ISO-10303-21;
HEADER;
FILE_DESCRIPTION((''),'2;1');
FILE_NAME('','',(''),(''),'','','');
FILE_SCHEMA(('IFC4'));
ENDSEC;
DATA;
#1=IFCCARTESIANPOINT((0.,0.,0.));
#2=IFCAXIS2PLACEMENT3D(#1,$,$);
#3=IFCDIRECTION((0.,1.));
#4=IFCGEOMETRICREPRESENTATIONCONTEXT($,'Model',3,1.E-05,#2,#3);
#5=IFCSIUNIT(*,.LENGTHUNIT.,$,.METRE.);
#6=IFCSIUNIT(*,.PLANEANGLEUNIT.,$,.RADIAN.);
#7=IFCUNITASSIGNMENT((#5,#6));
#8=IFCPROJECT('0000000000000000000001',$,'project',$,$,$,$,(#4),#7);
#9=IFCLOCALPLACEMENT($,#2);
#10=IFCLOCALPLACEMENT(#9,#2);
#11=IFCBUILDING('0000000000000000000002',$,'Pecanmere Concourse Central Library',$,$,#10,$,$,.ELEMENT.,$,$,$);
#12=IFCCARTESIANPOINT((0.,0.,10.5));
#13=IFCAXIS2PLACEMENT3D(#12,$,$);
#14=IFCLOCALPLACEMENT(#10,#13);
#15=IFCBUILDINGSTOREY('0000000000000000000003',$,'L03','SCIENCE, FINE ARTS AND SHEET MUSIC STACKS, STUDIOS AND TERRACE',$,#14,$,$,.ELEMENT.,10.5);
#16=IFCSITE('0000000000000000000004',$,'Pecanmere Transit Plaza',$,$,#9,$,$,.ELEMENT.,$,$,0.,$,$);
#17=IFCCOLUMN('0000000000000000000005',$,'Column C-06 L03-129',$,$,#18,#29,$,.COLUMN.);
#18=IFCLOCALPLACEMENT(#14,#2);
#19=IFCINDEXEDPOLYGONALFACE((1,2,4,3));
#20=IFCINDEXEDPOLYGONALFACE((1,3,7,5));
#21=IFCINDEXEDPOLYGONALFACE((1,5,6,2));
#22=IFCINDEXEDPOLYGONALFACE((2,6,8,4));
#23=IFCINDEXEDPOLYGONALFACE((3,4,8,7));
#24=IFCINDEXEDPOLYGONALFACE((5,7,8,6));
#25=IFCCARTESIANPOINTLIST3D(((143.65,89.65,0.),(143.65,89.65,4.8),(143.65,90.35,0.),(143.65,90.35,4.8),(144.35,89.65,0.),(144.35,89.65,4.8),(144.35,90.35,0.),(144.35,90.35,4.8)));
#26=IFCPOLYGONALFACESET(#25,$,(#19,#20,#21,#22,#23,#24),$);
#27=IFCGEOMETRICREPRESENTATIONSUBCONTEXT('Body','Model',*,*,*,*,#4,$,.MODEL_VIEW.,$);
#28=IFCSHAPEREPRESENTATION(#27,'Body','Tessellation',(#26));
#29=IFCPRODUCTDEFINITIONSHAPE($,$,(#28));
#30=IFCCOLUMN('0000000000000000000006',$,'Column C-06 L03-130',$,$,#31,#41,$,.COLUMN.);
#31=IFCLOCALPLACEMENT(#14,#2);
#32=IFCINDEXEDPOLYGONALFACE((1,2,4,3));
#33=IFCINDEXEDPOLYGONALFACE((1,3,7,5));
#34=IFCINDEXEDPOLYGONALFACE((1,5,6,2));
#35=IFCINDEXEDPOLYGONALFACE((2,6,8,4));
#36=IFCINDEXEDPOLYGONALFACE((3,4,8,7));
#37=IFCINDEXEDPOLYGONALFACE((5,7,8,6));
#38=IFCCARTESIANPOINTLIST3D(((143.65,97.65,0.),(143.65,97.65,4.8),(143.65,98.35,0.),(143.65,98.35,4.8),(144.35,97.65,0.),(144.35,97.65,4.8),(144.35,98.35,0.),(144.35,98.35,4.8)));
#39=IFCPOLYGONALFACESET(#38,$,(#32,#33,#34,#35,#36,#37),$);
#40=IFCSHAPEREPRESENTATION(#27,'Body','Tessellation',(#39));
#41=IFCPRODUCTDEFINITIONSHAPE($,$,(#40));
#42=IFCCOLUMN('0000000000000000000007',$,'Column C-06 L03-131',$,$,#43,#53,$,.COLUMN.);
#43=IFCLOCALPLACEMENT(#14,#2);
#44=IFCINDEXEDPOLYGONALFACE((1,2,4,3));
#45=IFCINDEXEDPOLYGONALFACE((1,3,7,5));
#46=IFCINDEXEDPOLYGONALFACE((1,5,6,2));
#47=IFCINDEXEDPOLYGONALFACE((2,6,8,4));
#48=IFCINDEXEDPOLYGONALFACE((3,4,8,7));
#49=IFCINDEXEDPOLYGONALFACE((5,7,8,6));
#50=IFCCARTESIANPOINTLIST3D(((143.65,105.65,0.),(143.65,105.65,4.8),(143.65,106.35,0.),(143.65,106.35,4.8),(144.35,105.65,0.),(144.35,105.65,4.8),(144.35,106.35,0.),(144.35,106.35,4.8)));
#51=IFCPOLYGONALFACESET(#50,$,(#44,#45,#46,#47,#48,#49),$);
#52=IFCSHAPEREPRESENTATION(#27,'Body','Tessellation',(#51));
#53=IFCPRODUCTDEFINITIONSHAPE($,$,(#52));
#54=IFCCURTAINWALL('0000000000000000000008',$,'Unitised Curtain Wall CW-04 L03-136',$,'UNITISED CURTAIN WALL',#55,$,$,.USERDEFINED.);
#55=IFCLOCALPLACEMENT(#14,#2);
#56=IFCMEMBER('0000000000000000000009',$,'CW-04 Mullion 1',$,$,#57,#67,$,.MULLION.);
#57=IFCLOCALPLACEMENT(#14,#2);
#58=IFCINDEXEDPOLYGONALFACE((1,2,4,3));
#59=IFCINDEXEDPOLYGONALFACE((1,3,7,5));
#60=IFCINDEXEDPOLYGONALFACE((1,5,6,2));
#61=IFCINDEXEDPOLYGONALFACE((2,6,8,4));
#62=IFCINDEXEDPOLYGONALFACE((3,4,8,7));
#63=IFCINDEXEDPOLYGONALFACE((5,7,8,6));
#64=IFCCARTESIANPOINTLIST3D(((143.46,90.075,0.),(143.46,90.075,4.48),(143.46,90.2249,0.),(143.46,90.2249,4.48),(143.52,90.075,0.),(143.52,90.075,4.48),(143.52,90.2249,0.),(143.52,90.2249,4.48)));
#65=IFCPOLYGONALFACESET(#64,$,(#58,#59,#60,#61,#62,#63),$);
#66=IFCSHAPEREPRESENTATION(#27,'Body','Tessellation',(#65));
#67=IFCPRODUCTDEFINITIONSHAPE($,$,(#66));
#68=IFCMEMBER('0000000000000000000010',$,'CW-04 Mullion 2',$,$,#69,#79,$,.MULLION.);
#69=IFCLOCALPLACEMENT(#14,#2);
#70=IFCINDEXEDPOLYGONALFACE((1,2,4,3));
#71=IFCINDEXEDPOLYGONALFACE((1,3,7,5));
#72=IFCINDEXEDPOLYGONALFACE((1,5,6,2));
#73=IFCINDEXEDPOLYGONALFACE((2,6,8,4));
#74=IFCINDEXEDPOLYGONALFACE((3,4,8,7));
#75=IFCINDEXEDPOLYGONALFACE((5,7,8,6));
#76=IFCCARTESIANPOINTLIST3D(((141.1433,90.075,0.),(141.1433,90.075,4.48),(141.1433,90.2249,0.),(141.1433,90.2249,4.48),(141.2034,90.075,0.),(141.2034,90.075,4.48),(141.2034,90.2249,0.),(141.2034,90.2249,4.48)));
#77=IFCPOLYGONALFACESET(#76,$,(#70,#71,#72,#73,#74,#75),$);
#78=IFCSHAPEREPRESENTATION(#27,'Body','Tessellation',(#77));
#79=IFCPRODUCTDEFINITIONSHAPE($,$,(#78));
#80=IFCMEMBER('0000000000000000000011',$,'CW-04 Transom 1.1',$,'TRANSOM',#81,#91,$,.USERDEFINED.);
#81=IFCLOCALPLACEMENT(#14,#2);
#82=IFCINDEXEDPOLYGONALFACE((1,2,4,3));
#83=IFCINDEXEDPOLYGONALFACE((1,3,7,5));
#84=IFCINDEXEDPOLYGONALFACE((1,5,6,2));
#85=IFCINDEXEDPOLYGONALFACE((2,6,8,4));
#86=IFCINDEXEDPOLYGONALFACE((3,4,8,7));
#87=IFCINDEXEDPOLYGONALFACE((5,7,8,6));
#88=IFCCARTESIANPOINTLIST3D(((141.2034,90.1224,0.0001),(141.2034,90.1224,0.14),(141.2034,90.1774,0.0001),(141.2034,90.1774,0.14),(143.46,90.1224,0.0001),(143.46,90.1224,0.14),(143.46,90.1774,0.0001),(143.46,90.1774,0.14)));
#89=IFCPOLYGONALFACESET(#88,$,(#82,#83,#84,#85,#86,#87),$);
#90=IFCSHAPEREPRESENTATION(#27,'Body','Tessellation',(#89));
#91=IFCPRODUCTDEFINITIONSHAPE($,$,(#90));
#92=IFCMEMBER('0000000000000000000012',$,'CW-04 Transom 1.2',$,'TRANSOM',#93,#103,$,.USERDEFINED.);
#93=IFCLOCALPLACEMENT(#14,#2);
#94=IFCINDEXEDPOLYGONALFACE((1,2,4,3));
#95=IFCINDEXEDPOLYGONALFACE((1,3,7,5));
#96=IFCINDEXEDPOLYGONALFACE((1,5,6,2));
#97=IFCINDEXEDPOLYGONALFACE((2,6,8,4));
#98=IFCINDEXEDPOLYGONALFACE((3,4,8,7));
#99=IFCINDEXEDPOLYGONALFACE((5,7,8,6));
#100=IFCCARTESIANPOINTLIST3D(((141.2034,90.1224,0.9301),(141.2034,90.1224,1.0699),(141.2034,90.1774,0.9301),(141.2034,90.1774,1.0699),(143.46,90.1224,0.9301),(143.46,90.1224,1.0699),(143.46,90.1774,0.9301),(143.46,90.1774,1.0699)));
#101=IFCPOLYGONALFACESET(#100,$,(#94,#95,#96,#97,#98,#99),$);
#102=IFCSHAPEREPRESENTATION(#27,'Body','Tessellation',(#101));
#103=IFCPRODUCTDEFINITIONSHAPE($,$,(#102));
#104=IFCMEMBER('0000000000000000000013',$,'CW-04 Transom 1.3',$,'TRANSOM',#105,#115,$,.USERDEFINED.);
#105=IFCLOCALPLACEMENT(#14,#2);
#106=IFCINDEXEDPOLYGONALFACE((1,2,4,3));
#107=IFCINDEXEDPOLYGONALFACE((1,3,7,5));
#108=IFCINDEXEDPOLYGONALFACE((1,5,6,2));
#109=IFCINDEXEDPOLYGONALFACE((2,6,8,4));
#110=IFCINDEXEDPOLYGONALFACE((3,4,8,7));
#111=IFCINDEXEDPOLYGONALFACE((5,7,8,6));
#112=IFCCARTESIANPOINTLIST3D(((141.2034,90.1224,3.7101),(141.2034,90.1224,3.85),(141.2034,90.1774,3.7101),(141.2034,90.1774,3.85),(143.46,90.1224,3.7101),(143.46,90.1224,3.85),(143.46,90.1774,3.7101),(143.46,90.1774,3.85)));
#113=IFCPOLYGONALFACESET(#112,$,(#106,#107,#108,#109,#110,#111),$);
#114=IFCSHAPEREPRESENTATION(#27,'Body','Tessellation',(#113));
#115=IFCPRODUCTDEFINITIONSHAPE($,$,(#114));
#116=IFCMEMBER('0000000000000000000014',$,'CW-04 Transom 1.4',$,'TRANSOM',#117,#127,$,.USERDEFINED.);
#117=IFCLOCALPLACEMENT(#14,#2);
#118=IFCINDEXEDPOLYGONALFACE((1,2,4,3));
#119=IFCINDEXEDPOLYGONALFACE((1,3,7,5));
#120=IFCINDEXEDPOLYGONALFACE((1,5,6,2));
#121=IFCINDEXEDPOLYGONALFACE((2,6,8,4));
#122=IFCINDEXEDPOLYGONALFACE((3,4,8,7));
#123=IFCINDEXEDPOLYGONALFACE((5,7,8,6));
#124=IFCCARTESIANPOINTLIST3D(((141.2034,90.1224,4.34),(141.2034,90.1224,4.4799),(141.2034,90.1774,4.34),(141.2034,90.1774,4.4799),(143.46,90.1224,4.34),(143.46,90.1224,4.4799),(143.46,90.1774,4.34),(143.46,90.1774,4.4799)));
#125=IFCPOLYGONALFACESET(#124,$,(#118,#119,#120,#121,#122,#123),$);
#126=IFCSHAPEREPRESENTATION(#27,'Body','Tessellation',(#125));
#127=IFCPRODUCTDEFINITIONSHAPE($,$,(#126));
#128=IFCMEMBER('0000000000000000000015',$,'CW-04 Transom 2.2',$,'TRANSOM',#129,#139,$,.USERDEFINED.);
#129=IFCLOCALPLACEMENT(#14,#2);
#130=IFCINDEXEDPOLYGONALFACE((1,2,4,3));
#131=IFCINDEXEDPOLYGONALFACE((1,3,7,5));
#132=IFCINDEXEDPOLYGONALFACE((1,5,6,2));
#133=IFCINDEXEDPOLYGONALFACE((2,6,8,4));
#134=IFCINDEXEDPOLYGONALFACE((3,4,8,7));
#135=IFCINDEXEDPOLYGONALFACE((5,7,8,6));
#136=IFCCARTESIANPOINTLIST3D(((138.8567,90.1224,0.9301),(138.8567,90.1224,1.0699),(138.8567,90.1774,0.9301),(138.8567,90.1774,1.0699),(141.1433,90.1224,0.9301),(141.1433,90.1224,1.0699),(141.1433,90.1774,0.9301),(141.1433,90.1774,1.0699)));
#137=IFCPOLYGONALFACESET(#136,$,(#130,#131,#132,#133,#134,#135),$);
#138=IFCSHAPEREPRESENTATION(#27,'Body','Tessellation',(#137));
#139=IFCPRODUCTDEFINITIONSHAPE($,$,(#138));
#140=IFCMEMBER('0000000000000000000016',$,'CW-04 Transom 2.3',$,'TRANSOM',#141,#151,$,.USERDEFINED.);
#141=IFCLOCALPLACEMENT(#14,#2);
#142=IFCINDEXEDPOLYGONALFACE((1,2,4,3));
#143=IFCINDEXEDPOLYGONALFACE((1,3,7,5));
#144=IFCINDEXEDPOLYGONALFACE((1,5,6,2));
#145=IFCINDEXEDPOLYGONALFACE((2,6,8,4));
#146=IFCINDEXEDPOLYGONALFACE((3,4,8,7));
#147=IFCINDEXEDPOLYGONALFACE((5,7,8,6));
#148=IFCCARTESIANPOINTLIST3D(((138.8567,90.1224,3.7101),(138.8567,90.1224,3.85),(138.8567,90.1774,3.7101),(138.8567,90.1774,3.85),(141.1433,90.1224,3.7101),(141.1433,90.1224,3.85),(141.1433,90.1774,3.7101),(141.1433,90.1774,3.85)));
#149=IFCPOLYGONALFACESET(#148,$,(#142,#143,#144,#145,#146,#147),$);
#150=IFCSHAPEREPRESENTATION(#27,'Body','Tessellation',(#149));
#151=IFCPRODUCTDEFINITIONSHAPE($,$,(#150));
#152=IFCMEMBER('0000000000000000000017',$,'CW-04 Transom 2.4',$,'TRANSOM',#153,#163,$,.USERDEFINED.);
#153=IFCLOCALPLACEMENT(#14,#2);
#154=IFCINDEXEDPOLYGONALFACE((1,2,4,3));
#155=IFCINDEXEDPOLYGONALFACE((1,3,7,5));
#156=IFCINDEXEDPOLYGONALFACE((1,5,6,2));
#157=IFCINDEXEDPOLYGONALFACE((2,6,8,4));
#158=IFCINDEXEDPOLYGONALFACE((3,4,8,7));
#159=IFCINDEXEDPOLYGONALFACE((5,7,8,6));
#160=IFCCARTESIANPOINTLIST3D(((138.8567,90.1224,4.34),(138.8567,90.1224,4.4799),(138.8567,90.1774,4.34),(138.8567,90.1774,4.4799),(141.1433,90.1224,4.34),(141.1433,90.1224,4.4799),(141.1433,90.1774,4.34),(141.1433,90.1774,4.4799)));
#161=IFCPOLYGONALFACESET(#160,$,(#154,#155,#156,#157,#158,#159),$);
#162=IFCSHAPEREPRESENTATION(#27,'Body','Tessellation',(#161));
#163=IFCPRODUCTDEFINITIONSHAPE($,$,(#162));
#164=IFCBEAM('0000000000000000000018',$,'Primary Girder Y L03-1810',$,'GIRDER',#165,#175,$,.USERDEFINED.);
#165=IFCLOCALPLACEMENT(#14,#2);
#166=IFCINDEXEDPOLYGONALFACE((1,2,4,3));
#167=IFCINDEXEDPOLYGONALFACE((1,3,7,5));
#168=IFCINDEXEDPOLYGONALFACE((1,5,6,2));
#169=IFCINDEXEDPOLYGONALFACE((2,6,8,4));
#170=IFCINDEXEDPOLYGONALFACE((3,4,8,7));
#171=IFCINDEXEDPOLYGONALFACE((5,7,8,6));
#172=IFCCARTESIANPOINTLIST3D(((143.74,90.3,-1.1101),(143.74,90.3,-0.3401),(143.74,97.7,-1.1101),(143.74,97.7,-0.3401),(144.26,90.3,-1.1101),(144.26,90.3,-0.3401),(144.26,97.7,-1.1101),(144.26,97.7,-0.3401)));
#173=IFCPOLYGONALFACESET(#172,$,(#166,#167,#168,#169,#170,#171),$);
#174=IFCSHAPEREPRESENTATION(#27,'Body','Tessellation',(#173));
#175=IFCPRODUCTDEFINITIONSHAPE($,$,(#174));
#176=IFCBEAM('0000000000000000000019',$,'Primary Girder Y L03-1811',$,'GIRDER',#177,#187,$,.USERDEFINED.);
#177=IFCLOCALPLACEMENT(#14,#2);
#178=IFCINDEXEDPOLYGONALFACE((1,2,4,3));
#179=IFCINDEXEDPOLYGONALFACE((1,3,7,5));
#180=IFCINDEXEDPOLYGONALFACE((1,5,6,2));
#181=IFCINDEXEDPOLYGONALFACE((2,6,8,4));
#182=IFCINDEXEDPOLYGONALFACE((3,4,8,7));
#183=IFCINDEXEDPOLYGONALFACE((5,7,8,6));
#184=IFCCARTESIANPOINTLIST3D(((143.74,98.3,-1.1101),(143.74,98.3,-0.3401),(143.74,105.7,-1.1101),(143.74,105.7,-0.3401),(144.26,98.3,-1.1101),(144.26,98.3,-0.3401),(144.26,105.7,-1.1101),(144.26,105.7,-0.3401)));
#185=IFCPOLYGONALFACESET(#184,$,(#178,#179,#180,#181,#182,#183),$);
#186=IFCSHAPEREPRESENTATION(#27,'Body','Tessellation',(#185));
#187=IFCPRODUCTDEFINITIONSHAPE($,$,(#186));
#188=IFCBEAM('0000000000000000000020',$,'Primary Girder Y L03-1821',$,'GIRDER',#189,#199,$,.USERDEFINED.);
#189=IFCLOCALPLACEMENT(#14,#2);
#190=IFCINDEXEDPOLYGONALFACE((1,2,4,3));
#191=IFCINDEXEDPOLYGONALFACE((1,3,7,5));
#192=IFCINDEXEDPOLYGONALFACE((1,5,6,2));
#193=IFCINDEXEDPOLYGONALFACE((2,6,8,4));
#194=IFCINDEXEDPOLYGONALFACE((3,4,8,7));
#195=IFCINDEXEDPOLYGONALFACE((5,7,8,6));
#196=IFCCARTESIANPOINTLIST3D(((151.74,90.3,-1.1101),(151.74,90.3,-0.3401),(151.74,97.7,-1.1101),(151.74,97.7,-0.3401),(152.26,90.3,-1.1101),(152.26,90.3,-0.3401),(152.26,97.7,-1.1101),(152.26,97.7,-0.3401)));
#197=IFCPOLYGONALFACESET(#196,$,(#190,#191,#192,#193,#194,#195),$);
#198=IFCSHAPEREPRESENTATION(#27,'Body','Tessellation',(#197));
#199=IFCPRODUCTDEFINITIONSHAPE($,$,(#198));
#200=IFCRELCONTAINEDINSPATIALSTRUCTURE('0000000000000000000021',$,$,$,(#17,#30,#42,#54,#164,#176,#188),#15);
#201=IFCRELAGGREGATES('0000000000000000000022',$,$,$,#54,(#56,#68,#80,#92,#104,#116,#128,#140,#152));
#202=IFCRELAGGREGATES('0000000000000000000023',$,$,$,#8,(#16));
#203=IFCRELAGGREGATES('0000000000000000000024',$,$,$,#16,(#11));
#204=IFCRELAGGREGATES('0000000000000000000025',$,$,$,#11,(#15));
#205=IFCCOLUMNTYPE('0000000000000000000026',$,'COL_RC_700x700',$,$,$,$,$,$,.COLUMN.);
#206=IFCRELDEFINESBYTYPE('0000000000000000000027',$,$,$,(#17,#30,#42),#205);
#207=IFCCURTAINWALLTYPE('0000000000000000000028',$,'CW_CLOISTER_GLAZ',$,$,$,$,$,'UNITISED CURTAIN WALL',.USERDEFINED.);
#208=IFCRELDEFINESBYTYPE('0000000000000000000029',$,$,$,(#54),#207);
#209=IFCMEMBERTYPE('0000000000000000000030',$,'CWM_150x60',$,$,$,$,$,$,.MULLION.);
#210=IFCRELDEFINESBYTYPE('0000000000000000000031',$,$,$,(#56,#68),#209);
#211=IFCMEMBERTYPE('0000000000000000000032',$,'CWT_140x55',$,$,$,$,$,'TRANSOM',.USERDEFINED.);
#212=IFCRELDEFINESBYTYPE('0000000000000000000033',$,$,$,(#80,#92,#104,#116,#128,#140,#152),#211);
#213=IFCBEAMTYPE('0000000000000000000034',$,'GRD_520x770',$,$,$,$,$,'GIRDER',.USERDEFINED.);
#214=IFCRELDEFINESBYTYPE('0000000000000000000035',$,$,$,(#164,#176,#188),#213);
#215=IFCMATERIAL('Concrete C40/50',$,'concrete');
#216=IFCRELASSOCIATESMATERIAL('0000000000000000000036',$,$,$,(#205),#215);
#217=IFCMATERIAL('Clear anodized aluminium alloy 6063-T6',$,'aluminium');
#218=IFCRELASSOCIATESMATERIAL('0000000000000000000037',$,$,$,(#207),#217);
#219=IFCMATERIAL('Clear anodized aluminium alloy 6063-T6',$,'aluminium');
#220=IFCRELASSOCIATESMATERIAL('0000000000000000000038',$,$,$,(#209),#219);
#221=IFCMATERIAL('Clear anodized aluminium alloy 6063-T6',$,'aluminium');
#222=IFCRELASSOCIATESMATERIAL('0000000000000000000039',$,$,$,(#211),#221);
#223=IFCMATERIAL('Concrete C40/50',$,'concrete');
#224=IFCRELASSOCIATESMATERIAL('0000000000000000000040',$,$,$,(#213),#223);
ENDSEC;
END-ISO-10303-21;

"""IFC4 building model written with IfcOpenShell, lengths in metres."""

from ifc_helpers import new_model, si_unit, direction, frame, origin, origin_2d, place, context, subcontext, project, spatial, rectangle, extrude, material, material_profile, profile_set, type_object, element, aggregate, save


model = new_model("IFC4")

# Units and contexts
model_context = context("Model", 3, precision=1e-05, world=origin(), true_north=direction((0.0, 1.0)))
body_context = subcontext(model_context, "Body", "Model", "MODEL_VIEW")
ifc_project = project(units=[si_unit("LENGTHUNIT", "METRE"), si_unit("PLANEANGLEUNIT", "RADIAN")], contexts=[model_context])

# Site, building, storey
site_placement = place(None, origin())
site = spatial("IfcSite", under=ifc_project, at=site_placement, Name="Pecanmere Transit Plaza", CompositionType="ELEMENT", RefElevation=0.0)
building_placement = place(site_placement, origin())
building = spatial("IfcBuilding", under=site, at=building_placement, Name="Pecanmere Concourse Central Library", CompositionType="ELEMENT")
storey_placement = place(building_placement, frame((0.0, 0.0, 10.5)))
storey = spatial("IfcBuildingStorey", under=building, at=storey_placement, Name="L03", Description="SCIENCE, FINE ARTS AND SHEET MUSIC STACKS, STUDIOS AND TERRACE", CompositionType="ELEMENT", Elevation=10.5)

# Columns
ifc_material_1 = material(Name="Concrete C40/50", Category="concrete")
ifc_material_profile_1 = material_profile(ifc_material_1, rectangle(XDim=0.7, YDim=0.7, at=origin_2d()), Name="RC 700x700")
ifc_profile_set_1 = profile_set([ifc_material_profile_1], Name="Concrete C40/50")
column_type = type_object("IfcColumnType", Name="COL_RC_700x700", PredefinedType="COLUMN", material=ifc_profile_set_1)
for number, where, z_axis, x_axis, name in (
    (1, (144.0, 90.0, 0.0), (0.0, 0.0, 1.0), (1.0, 0.0, 0.0), "Column C-06 L03-129"),
    (2, (144.0, 98.0, 0.0), (0.0, 0.0, 1.0), (1.0, 0.0, 0.0), "Column C-06 L03-130"),
    (3, (144.0, 106.0, 0.0), (0.0, 0.0, 1.0), (1.0, 0.0, 0.0), "Column C-06 L03-131"),
):
    element("IfcColumn", number, at=place(storey_placement, frame(where, z_axis=z_axis, x_axis=x_axis)), inside=storey, type_object=column_type, Name=name, PredefinedType="COLUMN", context=body_context, shape_type="SweptSolid", body=[
        extrude(rectangle(XDim=0.7, YDim=0.7, at=origin_2d()), origin(), (0.0, 0.0, 1.0), 4.8),
    ])

# Curtain wall, members
ifc_material_2 = material(Name="Clear anodized aluminium alloy 6063-T6", Category="aluminium")
curtain_wall_type = type_object("IfcCurtainWallType", Name="CW_CLOISTER_GLAZ", ElementType="UNITISED CURTAIN WALL", PredefinedType="USERDEFINED", material=ifc_material_2)
curtain_wall_placement = place(storey_placement, origin())
curtain_wall = element("IfcCurtainWall", 4, at=curtain_wall_placement, inside=storey, type_object=curtain_wall_type, Name="Unitised Curtain Wall CW-04 L03-136", ObjectType="UNITISED CURTAIN WALL", PredefinedType="USERDEFINED")
ifc_material_3 = material(Name="Clear anodized aluminium alloy 6063-T6", Category="aluminium")
ifc_material_profile_2 = material_profile(ifc_material_3, rectangle(XDim=0.0601, YDim=0.1499, at=origin_2d()), Name="AL 60x150")
ifc_profile_set_2 = profile_set([ifc_material_profile_2], Name="Clear anodized aluminium alloy 6063-T6")
member_type_1 = type_object("IfcMemberType", Name="CWM_150x60", PredefinedType="MULLION", material=ifc_profile_set_2)
member_1_placement = place(storey_placement, frame((143.49, 90.1499, 0.0), z_axis=(0.0, 0.0, 1.0), x_axis=(-1.0, 0.0, 0.0)))
member_1 = element("IfcMember", 5, at=member_1_placement, type_object=member_type_1, Name="CW-04 Mullion 1", PredefinedType="MULLION", context=body_context, shape_type="SweptSolid", body=[
    extrude(rectangle(XDim=0.0601, YDim=0.1499, at=origin_2d()), origin(), (0.0, 0.0, 1.0), 4.48),
])
member_2_placement = place(storey_placement, frame((141.1733, 90.1499, 0.0), z_axis=(0.0, 0.0, 1.0), x_axis=(-1.0, 0.0, 0.0)))
member_2 = element("IfcMember", 6, at=member_2_placement, type_object=member_type_1, Name="CW-04 Mullion 2", PredefinedType="MULLION", context=body_context, shape_type="SweptSolid", body=[
    extrude(rectangle(XDim=0.0601, YDim=0.1499, at=origin_2d()), origin(), (0.0, 0.0, 1.0), 4.48),
])
ifc_material_4 = material(Name="Clear anodized aluminium alloy 6063-T6", Category="aluminium")
ifc_material_profile_3 = material_profile(ifc_material_4, rectangle(XDim=0.0549, YDim=0.1399, at=origin_2d()), Name="AL 55x140")
ifc_profile_set_3 = profile_set([ifc_material_profile_3], Name="Clear anodized aluminium alloy 6063-T6")
member_type_2 = type_object("IfcMemberType", Name="CWT_140x55", ElementType="TRANSOM", PredefinedType="USERDEFINED", material=ifc_profile_set_3)
member_3_placement = place(storey_placement, frame((143.46, 90.1499, 0.0701), z_axis=(-1.0, 0.0, 0.0), x_axis=(0.0, -1.0, 0.0)))
member_3 = element("IfcMember", 7, at=member_3_placement, type_object=member_type_2, Name="CW-04 Transom 1.1", ObjectType="TRANSOM", PredefinedType="USERDEFINED", context=body_context, shape_type="SweptSolid", body=[
    extrude(rectangle(XDim=0.0549, YDim=0.1399, at=origin_2d()), origin(), (0.0, 0.0, 1.0), 2.2566),
])
member_4_placement = place(storey_placement, frame((143.46, 90.1499, 1.0), z_axis=(-1.0, 0.0, 0.0), x_axis=(0.0, -1.0, 0.0)))
member_4 = element("IfcMember", 8, at=member_4_placement, type_object=member_type_2, Name="CW-04 Transom 1.2", ObjectType="TRANSOM", PredefinedType="USERDEFINED", context=body_context, shape_type="SweptSolid", body=[
    extrude(rectangle(XDim=0.0549, YDim=0.1399, at=origin_2d()), origin(), (0.0, 0.0, 1.0), 2.2566),
])
member_5_placement = place(storey_placement, frame((143.46, 90.1499, 3.78), z_axis=(-1.0, 0.0, 0.0), x_axis=(0.0, -1.0, 0.0)))
member_5 = element("IfcMember", 9, at=member_5_placement, type_object=member_type_2, Name="CW-04 Transom 1.3", ObjectType="TRANSOM", PredefinedType="USERDEFINED", context=body_context, shape_type="SweptSolid", body=[
    extrude(rectangle(XDim=0.0549, YDim=0.1399, at=origin_2d()), origin(), (0.0, 0.0, 1.0), 2.2566),
])
member_6_placement = place(storey_placement, frame((143.46, 90.1499, 4.4099), z_axis=(-1.0, 0.0, 0.0), x_axis=(0.0, -1.0, 0.0)))
member_6 = element("IfcMember", 10, at=member_6_placement, type_object=member_type_2, Name="CW-04 Transom 1.4", ObjectType="TRANSOM", PredefinedType="USERDEFINED", context=body_context, shape_type="SweptSolid", body=[
    extrude(rectangle(XDim=0.0549, YDim=0.1399, at=origin_2d()), origin(), (0.0, 0.0, 1.0), 2.2566),
])
member_7_placement = place(storey_placement, frame((141.1433, 90.1499, 1.0), z_axis=(-1.0, 0.0, 0.0), x_axis=(0.0, -1.0, 0.0)))
member_7 = element("IfcMember", 11, at=member_7_placement, type_object=member_type_2, Name="CW-04 Transom 2.2", ObjectType="TRANSOM", PredefinedType="USERDEFINED", context=body_context, shape_type="SweptSolid", body=[
    extrude(rectangle(XDim=0.0549, YDim=0.1399, at=origin_2d()), origin(), (0.0, 0.0, 1.0), 2.2866),
])
member_8_placement = place(storey_placement, frame((141.1433, 90.1499, 3.78), z_axis=(-1.0, 0.0, 0.0), x_axis=(0.0, -1.0, 0.0)))
member_8 = element("IfcMember", 12, at=member_8_placement, type_object=member_type_2, Name="CW-04 Transom 2.3", ObjectType="TRANSOM", PredefinedType="USERDEFINED", context=body_context, shape_type="SweptSolid", body=[
    extrude(rectangle(XDim=0.0549, YDim=0.1399, at=origin_2d()), origin(), (0.0, 0.0, 1.0), 2.2866),
])
member_9_placement = place(storey_placement, frame((141.1433, 90.1499, 4.4099), z_axis=(-1.0, 0.0, 0.0), x_axis=(0.0, -1.0, 0.0)))
member_9 = element("IfcMember", 13, at=member_9_placement, type_object=member_type_2, Name="CW-04 Transom 2.4", ObjectType="TRANSOM", PredefinedType="USERDEFINED", context=body_context, shape_type="SweptSolid", body=[
    extrude(rectangle(XDim=0.0549, YDim=0.1399, at=origin_2d()), origin(), (0.0, 0.0, 1.0), 2.2866),
])

# Beams
ifc_material_5 = material(Name="Concrete C40/50", Category="concrete")
ifc_material_profile_4 = material_profile(ifc_material_5, rectangle(XDim=0.52, YDim=0.77, at=origin_2d()), Name="RC 520x770")
ifc_profile_set_4 = profile_set([ifc_material_profile_4], Name="Concrete C40/50")
beam_type_1 = type_object("IfcBeamType", Name="GRD_520x770", ElementType="GIRDER", PredefinedType="USERDEFINED", material=ifc_profile_set_4)
for number, where, z_axis, x_axis, name in (
    (14, (144.0, 90.3, -0.7251), (0.0, 1.0, 0.0), (-1.0, 0.0, 0.0), "Primary Girder Y L03-1810"),
    (15, (144.0, 98.3, -0.7251), (0.0, 1.0, 0.0), (-1.0, 0.0, 0.0), "Primary Girder Y L03-1811"),
    (16, (152.0, 90.3, -0.7251), (0.0, 1.0, 0.0), (-1.0, 0.0, 0.0), "Primary Girder Y L03-1821"),
):
    element("IfcBeam", number, at=place(storey_placement, frame(where, z_axis=z_axis, x_axis=x_axis)), inside=storey, type_object=beam_type_1, Name=name, ObjectType="GIRDER", PredefinedType="USERDEFINED", context=body_context, shape_type="SweptSolid", body=[
        extrude(rectangle(XDim=0.52, YDim=0.77, at=origin_2d()), origin(), (0.0, 0.0, 1.0), 7.3999),
    ])

aggregate(curtain_wall, [member_1, member_2, member_3, member_4, member_5, member_6, member_7, member_8, member_9])

save(model, "model.ifc")
